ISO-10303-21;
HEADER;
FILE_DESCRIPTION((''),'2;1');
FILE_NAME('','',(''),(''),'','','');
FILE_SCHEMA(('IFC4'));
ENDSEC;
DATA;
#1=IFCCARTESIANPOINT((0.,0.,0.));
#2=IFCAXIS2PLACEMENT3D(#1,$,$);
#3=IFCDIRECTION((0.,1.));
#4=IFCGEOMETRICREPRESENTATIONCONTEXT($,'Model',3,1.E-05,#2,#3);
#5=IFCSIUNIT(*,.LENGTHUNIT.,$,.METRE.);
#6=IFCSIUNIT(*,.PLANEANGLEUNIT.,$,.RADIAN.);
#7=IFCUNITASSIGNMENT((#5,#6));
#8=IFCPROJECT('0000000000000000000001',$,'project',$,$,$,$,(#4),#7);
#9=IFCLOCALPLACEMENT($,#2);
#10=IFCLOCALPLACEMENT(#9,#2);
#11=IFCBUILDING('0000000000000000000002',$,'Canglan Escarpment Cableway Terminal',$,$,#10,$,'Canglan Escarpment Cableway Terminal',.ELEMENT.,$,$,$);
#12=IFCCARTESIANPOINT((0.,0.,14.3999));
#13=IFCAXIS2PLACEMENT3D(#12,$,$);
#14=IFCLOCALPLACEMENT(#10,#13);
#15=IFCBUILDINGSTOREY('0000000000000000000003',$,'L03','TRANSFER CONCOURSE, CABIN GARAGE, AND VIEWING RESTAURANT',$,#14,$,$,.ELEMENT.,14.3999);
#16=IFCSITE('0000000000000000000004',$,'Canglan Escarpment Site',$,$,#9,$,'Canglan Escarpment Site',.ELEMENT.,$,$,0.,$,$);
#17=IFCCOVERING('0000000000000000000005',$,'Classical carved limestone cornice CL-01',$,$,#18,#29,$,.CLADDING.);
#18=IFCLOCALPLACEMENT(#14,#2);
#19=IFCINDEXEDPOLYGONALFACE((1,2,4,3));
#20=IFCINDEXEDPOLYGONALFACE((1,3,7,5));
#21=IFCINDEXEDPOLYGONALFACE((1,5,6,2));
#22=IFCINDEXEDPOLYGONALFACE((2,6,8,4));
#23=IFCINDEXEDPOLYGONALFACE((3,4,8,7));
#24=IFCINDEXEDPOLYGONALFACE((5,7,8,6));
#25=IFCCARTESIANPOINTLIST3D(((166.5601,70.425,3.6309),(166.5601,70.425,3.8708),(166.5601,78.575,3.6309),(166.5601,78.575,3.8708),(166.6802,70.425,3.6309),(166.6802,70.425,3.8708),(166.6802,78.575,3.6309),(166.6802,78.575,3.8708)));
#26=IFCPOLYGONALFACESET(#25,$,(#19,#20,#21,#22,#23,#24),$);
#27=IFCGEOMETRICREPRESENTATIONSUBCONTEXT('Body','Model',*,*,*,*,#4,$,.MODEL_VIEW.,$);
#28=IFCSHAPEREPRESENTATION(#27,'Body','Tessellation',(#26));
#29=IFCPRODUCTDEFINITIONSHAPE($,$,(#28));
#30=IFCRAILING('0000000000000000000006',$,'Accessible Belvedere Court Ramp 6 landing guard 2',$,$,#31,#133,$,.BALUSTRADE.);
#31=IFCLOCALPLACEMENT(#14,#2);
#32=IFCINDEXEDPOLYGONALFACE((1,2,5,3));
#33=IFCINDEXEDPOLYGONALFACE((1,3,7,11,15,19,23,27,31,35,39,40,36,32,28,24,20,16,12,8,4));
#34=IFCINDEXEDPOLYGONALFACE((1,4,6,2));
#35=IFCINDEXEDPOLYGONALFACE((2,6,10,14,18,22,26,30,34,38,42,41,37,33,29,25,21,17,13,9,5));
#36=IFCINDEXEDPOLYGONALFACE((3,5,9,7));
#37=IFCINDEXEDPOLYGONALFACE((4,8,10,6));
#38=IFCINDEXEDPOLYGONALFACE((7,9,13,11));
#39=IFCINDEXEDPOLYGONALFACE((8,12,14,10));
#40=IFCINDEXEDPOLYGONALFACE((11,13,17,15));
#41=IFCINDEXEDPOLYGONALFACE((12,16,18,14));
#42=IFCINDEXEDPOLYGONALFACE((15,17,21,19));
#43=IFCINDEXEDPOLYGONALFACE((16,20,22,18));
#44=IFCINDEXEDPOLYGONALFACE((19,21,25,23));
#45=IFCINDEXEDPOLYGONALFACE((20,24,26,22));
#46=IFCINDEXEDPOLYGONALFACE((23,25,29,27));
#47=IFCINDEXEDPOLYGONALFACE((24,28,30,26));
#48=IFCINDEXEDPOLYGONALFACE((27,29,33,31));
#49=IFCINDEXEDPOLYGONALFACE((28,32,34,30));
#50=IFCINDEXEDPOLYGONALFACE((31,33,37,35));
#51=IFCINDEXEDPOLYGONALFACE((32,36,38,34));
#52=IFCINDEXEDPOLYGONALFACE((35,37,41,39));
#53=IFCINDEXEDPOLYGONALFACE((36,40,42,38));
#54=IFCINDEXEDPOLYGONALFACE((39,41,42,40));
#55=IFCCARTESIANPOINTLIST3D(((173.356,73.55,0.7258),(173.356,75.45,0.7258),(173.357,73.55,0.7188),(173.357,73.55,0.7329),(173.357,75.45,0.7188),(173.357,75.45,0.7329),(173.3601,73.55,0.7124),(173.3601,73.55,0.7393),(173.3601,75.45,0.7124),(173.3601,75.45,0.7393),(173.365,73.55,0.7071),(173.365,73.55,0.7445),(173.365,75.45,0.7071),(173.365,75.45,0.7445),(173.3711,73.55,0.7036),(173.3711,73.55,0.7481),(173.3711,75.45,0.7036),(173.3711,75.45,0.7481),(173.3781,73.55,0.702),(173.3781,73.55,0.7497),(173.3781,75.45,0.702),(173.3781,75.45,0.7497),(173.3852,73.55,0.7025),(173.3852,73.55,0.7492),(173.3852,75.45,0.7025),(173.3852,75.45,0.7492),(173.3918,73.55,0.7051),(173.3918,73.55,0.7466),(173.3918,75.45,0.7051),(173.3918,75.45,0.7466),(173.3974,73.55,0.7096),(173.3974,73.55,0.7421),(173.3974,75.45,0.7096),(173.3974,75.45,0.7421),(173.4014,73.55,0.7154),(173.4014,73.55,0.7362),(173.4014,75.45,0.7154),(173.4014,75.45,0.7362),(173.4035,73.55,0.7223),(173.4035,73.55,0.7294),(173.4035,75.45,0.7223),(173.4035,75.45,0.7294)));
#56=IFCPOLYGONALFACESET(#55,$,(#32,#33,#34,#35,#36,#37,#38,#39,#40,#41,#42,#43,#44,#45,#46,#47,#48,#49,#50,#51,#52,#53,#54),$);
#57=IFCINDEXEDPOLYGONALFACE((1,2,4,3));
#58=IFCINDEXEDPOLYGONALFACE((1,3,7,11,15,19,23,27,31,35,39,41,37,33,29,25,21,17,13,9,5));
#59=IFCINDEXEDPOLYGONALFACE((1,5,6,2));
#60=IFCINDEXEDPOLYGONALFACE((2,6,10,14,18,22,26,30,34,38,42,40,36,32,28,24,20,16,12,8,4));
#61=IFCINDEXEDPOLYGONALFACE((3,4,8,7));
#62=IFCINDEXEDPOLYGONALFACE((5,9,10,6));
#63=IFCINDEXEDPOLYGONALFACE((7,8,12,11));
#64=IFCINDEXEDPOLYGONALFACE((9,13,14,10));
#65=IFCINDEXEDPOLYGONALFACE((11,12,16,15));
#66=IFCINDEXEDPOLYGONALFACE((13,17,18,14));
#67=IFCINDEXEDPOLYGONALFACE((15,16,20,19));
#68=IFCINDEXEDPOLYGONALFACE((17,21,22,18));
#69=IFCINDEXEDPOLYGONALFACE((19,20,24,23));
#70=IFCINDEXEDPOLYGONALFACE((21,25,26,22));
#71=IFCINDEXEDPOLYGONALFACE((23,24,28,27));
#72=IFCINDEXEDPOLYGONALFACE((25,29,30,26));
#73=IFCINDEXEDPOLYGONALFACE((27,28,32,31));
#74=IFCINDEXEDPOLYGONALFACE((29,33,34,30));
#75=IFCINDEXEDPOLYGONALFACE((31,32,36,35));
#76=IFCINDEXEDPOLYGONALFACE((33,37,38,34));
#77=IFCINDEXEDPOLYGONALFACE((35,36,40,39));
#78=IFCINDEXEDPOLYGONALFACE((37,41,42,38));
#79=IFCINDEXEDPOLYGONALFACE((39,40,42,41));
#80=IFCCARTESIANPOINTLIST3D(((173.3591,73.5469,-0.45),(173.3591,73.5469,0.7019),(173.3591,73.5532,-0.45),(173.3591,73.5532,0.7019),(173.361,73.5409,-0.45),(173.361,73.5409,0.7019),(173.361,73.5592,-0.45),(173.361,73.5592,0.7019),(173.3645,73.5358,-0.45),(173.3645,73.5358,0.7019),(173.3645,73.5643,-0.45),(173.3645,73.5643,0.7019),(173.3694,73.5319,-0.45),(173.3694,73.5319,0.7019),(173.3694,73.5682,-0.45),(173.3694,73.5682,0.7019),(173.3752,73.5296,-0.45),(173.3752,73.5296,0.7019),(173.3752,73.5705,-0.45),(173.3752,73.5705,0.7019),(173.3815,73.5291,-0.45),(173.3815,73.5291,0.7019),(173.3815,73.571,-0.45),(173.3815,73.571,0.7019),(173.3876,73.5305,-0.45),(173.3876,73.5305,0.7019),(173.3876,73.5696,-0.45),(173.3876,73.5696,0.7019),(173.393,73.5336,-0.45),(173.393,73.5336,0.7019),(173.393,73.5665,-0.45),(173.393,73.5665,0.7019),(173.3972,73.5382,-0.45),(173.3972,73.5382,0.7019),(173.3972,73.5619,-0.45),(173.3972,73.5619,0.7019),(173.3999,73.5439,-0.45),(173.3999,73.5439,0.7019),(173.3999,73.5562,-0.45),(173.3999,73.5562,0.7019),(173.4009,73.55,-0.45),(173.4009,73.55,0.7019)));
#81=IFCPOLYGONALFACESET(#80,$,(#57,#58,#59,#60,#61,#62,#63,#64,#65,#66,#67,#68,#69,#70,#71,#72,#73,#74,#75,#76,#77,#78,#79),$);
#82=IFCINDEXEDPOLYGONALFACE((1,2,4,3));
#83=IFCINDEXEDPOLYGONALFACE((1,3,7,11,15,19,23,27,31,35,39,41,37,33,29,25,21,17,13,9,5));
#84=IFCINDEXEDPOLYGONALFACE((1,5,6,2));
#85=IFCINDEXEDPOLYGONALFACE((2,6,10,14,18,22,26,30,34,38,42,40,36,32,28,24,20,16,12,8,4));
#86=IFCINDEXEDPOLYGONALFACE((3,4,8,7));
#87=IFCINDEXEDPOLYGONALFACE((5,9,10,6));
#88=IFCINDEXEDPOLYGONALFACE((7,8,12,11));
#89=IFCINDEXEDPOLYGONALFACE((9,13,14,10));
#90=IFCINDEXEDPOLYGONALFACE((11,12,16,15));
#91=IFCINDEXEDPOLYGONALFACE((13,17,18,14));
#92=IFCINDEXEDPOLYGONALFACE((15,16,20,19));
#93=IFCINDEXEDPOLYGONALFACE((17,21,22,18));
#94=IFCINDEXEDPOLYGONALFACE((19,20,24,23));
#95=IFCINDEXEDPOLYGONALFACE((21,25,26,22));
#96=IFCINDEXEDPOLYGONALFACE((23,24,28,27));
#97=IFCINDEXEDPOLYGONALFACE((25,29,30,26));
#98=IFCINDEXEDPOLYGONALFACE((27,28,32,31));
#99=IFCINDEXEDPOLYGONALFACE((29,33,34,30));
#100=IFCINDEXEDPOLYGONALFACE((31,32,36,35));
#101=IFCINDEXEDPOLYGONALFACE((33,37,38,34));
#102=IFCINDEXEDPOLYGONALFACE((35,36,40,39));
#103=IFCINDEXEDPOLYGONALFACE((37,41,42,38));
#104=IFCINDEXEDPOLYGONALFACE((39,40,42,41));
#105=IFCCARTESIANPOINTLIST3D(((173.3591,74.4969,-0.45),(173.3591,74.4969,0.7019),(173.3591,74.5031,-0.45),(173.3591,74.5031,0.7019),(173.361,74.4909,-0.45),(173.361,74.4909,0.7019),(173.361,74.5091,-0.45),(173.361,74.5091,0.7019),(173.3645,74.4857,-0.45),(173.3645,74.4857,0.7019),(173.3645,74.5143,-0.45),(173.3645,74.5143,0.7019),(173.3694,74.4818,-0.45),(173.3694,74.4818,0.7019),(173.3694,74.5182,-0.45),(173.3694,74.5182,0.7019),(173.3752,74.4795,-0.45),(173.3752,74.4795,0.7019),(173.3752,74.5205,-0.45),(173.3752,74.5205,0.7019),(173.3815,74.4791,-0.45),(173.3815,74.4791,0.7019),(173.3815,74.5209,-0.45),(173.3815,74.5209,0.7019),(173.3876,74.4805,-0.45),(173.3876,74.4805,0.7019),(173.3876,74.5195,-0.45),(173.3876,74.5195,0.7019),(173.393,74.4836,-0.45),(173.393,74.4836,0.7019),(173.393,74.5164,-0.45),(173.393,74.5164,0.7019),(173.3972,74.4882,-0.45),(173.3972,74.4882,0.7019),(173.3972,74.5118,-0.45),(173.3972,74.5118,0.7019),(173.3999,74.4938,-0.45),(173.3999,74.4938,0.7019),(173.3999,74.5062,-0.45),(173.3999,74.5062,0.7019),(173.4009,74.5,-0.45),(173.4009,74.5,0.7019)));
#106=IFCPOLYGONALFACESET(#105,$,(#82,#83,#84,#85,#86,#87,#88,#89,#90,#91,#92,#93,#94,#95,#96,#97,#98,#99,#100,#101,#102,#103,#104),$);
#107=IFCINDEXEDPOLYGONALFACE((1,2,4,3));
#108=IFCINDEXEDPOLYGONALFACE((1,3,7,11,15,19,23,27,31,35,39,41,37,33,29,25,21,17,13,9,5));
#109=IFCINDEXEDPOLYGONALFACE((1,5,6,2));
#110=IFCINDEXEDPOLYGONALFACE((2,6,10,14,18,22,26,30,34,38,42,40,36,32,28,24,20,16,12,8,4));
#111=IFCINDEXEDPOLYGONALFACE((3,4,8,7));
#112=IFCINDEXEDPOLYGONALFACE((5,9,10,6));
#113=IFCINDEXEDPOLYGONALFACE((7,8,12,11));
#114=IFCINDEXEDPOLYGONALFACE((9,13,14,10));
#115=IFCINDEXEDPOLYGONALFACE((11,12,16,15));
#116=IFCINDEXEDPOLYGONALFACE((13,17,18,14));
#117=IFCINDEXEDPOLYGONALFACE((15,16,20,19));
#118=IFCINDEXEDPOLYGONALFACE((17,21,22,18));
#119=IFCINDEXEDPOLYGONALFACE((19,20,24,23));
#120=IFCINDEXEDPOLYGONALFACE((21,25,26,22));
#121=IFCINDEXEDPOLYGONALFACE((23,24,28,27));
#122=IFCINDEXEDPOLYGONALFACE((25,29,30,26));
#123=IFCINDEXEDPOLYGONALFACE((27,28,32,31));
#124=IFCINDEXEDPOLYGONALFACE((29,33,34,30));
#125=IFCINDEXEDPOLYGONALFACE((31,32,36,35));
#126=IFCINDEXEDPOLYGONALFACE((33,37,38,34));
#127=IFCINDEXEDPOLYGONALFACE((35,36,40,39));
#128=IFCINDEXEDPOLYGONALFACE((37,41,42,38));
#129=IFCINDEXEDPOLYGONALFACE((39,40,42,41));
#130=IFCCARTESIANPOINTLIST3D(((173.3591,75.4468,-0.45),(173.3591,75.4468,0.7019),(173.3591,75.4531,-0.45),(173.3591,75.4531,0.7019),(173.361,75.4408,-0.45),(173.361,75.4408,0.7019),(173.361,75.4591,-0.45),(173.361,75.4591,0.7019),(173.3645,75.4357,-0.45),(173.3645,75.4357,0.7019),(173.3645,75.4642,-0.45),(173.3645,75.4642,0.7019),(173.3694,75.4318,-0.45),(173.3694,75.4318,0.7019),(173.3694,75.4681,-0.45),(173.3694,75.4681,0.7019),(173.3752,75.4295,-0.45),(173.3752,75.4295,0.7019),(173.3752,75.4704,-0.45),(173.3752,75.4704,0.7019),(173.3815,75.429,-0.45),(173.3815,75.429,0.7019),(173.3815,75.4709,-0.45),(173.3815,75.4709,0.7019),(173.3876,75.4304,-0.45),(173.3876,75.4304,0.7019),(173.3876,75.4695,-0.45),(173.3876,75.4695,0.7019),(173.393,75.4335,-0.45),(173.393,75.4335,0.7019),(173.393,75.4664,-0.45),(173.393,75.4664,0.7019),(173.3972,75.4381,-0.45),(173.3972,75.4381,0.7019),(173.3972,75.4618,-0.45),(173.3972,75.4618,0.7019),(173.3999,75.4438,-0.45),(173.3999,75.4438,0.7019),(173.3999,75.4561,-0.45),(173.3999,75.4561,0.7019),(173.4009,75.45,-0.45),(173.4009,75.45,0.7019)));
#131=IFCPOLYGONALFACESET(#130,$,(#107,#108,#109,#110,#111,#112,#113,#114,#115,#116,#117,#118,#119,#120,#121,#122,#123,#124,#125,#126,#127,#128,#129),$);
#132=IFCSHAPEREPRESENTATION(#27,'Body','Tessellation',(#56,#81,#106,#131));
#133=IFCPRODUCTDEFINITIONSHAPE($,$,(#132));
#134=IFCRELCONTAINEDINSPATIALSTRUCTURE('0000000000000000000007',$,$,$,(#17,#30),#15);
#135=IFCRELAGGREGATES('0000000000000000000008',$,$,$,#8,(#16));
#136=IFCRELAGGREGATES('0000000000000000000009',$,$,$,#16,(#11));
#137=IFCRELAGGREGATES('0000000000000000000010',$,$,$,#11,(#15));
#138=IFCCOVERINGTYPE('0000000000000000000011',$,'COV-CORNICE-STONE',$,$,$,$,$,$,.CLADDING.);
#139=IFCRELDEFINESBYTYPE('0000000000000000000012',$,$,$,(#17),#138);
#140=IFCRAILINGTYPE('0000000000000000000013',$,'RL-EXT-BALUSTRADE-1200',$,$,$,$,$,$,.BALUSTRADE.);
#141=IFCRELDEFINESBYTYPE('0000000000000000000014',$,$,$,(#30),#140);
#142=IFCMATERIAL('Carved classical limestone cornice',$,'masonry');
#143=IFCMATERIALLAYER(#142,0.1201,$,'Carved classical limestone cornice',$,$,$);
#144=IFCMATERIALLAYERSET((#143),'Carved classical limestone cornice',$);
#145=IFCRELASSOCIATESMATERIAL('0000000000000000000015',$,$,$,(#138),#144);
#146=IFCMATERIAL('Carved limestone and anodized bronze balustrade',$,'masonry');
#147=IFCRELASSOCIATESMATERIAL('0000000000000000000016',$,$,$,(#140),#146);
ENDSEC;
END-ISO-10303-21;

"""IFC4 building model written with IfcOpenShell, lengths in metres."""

from ifc_helpers import new_model, si_unit, direction, frame, origin, origin_2d, place, context, subcontext, project, spatial, rectangle, circle, extrude, material, layer, layer_set, type_object, element, save


model = new_model("IFC4")

# Units and contexts
model_context = context("Model", 3, precision=1e-05, world=origin(), true_north=direction((0.0, 1.0)))
body_context = subcontext(model_context, "Body", "Model", "MODEL_VIEW")
ifc_project = project(units=[si_unit("LENGTHUNIT", "METRE"), si_unit("PLANEANGLEUNIT", "RADIAN")], contexts=[model_context])

# Site, building, storey
site_placement = place(None, origin())
site = spatial("IfcSite", under=ifc_project, at=site_placement, Name="Canglan Escarpment Site", LongName="Canglan Escarpment Site", CompositionType="ELEMENT", RefElevation=0.0)
building_placement = place(site_placement, origin())
building = spatial("IfcBuilding", under=site, at=building_placement, Name="Canglan Escarpment Cableway Terminal", LongName="Canglan Escarpment Cableway Terminal", CompositionType="ELEMENT")
storey_placement = place(building_placement, frame((0.0, 0.0, 14.3999)))
storey = spatial("IfcBuildingStorey", under=building, at=storey_placement, Name="L03", Description="TRANSFER CONCOURSE, CABIN GARAGE, AND VIEWING RESTAURANT", CompositionType="ELEMENT", Elevation=14.3999)

# Covering
ifc_material_1 = material(Name="Carved classical limestone cornice", Category="masonry")
ifc_layer_1 = layer(ifc_material_1, 0.1201, Name="Carved classical limestone cornice")
ifc_layer_set_1 = layer_set([ifc_layer_1], Name="Carved classical limestone cornice")
covering_type = type_object("IfcCoveringType", Name="COV-CORNICE-STONE", PredefinedType="CLADDING", material=ifc_layer_set_1)
covering_placement = place(storey_placement, frame((166.6201, 74.5, 3.6309), z_axis=(0.0, 0.0, 1.0), x_axis=(0.0, 1.0, 0.0)))
element("IfcCovering", 1, at=covering_placement, inside=storey, type_object=covering_type, Name="Classical carved limestone cornice CL-01", PredefinedType="CLADDING", context=body_context, shape_type="SweptSolid", body=[
    extrude(rectangle(XDim=8.1499, YDim=0.1201, at=origin_2d()), origin(), (0.0, 0.0, 1.0), 0.24),
])

# Railing
ifc_material_2 = material(Name="Carved limestone and anodized bronze balustrade", Category="masonry")
railing_type_1 = type_object("IfcRailingType", Name="RL-EXT-BALUSTRADE-1200", PredefinedType="BALUSTRADE", material=ifc_material_2)
railing_1_placement = place(storey_placement, frame((173.3799, 73.55, -0.45)))
element("IfcRailing", 2, at=railing_1_placement, inside=storey, type_object=railing_type_1, Name="Accessible Belvedere Court Ramp 6 landing guard 2", PredefinedType="BALUSTRADE", context=body_context, shape_type="SweptSolid", body=[
    extrude(circle(Radius=0.0239, at=origin_2d()), frame((0.0, 0.0, 1.1758), z_axis=(0.0, 1.0, 0.0), x_axis=(-1.0, 0.0, 0.0)), (0.0, 0.0, 1.0), 1.8999),
    extrude(circle(Radius=0.021, at=origin_2d()), origin(), (0.0, 0.0, 1.0), 1.1519),
    extrude(circle(Radius=0.021, at=origin_2d()), frame((0.0, 0.95, 0.0)), (0.0, 0.0, 1.0), 1.1519),
    extrude(circle(Radius=0.021, at=origin_2d()), frame((0.0, 1.8999, 0.0)), (0.0, 0.0, 1.0), 1.1519),
])

save(model, "model.ifc")
